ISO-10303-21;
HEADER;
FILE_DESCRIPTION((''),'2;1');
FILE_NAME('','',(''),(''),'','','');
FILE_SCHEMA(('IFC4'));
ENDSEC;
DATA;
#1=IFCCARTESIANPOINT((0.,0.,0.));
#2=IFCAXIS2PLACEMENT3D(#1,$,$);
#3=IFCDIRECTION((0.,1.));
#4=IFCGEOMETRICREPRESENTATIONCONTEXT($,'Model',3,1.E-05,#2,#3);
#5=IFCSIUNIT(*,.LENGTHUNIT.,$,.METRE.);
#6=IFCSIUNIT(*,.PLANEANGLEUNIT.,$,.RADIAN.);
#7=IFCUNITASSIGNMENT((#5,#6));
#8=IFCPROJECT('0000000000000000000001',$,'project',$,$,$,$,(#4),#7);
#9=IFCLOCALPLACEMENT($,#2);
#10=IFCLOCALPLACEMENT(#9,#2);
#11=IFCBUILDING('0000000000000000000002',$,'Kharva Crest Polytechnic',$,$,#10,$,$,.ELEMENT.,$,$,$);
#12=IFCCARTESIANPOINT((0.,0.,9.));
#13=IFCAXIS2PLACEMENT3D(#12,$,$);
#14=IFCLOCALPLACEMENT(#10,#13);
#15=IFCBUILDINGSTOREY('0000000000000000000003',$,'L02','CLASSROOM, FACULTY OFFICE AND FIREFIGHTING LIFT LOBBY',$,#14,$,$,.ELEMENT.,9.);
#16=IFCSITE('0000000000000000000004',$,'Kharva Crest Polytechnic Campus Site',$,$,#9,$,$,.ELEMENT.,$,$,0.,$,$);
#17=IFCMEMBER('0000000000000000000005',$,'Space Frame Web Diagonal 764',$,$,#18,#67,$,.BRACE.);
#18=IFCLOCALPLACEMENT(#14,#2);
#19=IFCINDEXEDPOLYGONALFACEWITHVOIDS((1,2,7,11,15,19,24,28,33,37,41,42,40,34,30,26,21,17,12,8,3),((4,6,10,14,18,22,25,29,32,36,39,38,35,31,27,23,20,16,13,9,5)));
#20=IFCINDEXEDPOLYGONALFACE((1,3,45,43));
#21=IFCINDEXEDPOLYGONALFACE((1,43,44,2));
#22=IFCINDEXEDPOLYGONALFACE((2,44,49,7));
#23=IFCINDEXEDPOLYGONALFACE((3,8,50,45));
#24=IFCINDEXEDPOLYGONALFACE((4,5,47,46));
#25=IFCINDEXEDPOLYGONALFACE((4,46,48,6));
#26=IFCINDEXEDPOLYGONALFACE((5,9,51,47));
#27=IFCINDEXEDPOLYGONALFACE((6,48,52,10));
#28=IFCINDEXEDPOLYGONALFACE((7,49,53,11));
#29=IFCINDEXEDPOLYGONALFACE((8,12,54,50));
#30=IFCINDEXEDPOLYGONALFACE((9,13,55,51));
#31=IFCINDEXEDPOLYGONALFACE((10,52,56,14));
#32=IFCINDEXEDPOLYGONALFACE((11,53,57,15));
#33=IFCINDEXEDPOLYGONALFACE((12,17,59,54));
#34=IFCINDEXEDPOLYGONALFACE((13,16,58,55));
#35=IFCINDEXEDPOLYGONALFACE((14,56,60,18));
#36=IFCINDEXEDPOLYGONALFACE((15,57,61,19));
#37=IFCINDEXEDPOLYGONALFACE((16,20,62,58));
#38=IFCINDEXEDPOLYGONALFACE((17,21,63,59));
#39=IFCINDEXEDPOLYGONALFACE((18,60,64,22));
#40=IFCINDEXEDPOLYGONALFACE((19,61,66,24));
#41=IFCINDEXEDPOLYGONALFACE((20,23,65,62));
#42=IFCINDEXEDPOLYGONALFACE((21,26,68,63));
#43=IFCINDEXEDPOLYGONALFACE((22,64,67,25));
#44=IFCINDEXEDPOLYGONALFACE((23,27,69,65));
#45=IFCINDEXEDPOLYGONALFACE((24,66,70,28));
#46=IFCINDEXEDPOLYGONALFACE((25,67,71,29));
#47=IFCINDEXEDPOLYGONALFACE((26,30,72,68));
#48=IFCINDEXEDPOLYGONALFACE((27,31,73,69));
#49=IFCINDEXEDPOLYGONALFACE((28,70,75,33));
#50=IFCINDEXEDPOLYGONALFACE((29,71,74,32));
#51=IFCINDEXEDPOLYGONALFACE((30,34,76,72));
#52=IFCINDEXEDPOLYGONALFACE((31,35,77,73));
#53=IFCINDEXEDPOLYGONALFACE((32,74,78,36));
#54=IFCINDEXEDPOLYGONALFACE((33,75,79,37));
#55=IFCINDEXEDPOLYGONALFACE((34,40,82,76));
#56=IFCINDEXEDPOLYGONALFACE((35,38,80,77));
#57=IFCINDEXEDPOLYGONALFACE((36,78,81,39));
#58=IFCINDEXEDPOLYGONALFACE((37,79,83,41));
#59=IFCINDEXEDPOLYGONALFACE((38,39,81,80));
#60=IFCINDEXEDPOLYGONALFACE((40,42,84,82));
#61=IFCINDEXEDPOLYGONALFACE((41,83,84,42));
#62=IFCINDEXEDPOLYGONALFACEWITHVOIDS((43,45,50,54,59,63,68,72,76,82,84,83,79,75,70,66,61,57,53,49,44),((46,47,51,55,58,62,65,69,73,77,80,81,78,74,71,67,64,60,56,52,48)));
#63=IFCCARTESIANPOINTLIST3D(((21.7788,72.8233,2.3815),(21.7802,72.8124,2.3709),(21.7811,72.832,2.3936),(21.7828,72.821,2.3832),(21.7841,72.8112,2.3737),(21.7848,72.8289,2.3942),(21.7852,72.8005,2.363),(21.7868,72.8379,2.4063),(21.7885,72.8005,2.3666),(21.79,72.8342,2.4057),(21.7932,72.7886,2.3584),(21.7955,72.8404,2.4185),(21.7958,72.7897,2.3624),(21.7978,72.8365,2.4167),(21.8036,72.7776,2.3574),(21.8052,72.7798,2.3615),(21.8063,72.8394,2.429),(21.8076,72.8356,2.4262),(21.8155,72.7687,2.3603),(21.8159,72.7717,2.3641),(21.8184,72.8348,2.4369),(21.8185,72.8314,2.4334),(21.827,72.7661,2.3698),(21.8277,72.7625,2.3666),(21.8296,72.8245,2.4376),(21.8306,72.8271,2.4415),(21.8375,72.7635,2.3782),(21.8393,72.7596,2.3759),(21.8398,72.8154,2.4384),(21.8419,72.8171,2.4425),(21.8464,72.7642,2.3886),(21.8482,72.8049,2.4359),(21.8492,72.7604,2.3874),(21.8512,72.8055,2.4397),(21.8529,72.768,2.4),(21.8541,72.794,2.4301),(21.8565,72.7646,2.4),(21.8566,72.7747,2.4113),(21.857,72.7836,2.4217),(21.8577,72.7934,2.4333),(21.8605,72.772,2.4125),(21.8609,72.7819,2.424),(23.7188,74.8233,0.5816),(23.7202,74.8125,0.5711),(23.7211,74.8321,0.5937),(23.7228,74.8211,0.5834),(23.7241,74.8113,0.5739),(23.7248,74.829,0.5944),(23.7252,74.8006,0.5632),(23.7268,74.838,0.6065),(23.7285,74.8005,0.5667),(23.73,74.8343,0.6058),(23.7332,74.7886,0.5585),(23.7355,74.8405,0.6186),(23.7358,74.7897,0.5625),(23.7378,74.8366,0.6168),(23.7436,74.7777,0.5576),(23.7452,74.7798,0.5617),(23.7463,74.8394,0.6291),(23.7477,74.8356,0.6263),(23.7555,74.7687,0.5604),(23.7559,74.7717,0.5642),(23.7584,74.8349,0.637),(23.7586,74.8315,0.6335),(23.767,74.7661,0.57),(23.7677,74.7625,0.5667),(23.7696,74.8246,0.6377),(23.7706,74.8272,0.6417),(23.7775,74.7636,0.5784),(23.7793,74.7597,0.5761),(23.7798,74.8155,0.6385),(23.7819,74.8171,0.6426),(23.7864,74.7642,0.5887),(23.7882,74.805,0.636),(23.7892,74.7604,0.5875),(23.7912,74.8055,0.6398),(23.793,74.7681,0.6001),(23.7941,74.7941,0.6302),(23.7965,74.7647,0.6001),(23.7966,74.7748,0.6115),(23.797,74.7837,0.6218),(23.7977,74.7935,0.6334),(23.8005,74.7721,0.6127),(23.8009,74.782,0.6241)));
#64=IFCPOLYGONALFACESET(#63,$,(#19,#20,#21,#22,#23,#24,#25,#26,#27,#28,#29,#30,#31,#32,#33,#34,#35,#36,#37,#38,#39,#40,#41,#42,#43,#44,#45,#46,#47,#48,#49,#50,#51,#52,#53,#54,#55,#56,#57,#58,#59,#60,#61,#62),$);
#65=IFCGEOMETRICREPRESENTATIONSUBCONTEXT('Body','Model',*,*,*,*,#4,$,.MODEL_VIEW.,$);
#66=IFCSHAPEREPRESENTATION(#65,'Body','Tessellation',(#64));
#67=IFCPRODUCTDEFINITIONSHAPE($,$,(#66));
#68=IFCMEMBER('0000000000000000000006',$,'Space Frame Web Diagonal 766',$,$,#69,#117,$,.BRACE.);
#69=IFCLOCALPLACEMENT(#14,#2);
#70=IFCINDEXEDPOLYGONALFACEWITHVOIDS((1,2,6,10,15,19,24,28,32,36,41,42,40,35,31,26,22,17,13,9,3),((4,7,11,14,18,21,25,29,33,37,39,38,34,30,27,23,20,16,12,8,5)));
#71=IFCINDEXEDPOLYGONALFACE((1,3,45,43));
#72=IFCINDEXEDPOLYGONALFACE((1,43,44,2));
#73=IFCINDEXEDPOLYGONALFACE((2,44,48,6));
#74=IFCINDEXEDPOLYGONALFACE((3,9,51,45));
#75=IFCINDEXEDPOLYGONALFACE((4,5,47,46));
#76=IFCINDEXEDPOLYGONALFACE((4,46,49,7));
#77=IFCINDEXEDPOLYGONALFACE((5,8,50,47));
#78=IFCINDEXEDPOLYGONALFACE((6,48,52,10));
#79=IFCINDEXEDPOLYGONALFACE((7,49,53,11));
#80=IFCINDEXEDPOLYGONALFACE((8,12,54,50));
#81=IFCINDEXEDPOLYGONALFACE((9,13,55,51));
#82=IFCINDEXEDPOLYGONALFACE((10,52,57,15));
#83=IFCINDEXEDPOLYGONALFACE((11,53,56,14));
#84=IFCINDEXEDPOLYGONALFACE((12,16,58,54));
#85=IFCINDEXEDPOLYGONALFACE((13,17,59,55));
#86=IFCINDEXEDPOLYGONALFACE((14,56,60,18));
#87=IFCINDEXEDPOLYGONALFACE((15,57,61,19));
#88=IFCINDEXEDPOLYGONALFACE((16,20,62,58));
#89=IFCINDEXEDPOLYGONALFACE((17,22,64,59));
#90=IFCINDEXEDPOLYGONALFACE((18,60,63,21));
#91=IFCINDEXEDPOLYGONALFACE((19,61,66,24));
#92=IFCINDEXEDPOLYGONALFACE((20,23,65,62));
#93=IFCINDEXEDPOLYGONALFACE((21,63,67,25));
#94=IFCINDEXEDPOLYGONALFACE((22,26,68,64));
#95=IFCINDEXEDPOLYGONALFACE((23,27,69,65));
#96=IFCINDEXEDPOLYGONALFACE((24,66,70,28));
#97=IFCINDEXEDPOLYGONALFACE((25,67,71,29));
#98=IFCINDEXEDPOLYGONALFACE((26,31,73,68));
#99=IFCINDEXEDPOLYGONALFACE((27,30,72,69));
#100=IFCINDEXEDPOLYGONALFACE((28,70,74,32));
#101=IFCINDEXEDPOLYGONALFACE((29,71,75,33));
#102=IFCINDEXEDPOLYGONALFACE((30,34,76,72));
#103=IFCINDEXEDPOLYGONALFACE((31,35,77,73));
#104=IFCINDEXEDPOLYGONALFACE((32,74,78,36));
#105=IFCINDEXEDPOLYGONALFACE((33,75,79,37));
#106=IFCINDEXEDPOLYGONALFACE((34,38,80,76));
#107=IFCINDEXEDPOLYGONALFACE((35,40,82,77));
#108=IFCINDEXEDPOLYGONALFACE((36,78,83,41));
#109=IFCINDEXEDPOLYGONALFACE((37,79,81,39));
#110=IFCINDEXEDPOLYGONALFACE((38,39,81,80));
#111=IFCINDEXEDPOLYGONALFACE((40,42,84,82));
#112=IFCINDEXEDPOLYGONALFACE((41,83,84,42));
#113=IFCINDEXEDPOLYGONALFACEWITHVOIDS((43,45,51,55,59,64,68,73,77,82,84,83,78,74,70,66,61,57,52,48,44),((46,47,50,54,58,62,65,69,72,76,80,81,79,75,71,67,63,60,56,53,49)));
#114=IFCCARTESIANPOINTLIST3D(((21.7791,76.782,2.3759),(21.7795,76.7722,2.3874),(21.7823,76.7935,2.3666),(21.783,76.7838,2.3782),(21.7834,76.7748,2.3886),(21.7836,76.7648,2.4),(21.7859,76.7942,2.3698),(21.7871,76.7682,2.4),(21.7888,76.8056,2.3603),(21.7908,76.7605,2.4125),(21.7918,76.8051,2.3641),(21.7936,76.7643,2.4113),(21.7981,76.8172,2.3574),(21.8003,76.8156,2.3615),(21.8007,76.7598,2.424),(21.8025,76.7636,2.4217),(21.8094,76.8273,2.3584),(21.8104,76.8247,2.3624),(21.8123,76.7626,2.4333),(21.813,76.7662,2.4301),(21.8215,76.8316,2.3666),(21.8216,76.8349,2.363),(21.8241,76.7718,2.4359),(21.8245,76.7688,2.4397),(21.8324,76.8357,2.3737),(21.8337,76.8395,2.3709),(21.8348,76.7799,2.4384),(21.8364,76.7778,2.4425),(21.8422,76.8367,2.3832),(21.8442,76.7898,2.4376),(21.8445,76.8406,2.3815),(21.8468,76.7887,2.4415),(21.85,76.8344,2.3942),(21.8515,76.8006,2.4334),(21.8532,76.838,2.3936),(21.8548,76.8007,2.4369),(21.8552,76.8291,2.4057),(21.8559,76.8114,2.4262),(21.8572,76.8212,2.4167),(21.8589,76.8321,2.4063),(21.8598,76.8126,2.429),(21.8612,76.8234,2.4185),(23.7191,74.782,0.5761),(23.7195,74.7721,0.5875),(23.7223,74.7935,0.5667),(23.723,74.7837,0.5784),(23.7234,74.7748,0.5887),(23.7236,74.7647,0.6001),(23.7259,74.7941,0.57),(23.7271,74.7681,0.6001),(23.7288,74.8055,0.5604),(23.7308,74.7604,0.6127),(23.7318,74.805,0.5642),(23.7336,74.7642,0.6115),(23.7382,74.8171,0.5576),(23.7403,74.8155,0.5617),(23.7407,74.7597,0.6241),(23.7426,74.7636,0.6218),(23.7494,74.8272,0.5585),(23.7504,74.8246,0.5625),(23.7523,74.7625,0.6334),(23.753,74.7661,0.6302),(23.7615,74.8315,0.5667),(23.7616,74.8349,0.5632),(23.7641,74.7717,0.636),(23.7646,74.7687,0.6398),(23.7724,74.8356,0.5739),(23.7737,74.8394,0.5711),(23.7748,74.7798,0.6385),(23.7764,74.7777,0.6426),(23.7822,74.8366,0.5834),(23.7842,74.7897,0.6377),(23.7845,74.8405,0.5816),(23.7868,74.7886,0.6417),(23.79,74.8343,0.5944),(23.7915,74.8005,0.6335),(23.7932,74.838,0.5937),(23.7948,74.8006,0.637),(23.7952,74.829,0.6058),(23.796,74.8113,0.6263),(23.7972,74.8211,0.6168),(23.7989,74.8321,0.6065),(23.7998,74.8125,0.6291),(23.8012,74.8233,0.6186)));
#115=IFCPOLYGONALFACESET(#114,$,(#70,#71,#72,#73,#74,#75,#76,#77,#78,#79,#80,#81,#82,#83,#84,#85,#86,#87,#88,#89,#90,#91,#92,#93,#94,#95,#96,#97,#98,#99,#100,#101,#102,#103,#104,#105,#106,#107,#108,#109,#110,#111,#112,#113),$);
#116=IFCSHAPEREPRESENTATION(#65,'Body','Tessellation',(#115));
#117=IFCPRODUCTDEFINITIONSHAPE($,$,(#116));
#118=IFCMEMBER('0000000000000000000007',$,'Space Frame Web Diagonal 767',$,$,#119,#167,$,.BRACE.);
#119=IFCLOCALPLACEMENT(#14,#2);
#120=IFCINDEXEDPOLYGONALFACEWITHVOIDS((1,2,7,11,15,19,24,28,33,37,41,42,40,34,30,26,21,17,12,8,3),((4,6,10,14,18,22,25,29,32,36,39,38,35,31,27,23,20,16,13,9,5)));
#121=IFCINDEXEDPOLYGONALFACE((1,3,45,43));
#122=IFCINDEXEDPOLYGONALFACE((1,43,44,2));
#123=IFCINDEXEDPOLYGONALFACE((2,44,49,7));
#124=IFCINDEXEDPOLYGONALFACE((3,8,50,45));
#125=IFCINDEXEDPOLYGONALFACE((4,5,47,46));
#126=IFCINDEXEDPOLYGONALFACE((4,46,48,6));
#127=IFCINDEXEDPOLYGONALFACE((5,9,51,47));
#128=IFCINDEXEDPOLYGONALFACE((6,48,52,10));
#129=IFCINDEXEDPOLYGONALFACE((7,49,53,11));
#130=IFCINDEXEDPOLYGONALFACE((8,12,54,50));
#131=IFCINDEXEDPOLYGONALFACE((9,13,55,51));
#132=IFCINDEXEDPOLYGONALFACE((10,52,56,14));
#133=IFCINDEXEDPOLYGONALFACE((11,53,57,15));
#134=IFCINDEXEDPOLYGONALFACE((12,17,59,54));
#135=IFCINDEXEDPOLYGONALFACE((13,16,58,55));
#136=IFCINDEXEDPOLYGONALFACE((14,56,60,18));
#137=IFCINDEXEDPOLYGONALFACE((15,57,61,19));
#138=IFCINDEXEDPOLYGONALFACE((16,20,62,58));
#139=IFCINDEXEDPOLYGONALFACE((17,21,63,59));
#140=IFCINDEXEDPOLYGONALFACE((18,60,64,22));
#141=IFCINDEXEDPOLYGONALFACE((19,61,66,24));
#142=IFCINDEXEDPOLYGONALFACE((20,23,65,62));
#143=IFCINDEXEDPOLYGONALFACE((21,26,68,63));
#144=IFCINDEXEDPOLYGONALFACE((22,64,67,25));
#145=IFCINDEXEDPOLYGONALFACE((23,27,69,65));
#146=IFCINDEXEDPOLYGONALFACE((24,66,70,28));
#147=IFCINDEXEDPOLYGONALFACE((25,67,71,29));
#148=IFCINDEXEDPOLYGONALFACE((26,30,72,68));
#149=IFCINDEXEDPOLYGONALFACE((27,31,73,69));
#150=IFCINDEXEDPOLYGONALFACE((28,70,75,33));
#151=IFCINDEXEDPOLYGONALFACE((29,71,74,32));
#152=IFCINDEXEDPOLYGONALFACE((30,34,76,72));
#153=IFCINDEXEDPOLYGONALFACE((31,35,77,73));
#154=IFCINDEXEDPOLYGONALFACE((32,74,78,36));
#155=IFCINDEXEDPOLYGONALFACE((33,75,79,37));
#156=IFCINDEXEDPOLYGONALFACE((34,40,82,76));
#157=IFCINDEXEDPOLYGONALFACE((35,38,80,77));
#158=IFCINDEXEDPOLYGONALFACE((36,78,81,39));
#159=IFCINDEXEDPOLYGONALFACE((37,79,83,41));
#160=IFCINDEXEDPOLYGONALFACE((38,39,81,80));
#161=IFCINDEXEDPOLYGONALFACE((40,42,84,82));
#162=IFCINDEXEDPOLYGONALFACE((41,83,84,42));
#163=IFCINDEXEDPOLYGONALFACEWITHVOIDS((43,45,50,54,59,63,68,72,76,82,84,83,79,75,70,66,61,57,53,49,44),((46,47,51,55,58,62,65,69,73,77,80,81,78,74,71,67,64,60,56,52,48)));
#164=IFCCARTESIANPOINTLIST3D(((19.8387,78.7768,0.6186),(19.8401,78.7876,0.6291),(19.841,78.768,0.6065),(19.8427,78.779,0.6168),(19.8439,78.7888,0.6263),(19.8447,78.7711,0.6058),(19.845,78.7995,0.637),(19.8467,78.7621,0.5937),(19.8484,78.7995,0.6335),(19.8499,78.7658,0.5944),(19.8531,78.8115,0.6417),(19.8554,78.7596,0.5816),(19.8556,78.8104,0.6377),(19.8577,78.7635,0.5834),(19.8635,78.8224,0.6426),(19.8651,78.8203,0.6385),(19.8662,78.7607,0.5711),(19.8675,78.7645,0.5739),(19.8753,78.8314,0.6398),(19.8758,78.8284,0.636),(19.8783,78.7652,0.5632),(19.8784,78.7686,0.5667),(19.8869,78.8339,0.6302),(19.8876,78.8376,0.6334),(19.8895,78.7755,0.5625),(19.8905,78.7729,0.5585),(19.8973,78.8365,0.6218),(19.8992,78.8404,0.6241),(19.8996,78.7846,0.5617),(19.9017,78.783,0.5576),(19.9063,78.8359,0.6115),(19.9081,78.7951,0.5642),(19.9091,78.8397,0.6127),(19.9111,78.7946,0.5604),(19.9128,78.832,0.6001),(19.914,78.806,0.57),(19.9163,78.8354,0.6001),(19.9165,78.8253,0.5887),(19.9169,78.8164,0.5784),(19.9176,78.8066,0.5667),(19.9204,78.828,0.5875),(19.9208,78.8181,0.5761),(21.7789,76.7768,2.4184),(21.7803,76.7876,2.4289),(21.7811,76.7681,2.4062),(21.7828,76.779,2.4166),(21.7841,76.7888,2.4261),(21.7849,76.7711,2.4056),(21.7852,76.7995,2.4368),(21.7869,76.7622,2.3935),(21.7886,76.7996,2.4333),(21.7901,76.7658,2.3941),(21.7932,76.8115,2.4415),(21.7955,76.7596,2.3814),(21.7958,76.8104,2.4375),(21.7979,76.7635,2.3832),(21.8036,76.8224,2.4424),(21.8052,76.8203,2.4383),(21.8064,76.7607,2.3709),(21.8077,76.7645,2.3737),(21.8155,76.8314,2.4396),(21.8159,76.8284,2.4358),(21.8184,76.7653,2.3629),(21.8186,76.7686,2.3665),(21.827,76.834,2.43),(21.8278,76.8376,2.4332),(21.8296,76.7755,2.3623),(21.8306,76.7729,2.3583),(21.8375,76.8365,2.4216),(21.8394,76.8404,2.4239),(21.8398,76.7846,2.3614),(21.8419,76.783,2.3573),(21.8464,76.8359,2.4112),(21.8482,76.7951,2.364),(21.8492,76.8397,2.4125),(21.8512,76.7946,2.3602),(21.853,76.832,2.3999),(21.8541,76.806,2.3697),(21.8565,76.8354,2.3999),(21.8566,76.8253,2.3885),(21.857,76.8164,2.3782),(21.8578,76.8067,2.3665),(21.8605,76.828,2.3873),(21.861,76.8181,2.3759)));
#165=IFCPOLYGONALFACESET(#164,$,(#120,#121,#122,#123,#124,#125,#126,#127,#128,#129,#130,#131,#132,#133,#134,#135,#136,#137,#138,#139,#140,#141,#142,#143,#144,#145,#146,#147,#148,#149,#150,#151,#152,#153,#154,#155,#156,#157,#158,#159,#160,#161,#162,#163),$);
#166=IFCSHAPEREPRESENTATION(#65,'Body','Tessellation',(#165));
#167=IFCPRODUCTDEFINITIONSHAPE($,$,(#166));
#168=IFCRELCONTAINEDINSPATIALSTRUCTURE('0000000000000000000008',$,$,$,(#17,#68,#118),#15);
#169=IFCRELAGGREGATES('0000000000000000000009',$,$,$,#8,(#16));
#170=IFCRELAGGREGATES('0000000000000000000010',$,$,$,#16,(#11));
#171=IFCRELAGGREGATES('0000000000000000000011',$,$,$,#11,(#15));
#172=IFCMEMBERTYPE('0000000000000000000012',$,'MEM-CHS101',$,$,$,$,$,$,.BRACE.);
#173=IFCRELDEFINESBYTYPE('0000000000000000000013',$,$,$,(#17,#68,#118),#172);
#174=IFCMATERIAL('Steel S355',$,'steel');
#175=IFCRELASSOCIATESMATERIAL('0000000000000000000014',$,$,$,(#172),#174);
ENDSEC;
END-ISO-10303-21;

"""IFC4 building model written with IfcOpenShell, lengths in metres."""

from ifc_helpers import new_model, si_unit, direction, frame, origin, origin_2d, place, context, subcontext, project, spatial, hollow_circle, extrude, material, material_profile, profile_set, type_object, element, save


model = new_model("IFC4")

# Units and contexts
model_context = context("Model", 3, precision=1e-05, world=origin(), true_north=direction((0.0, 1.0)))
body_context = subcontext(model_context, "Body", "Model", "MODEL_VIEW")
ifc_project = project(units=[si_unit("LENGTHUNIT", "METRE"), si_unit("PLANEANGLEUNIT", "RADIAN")], contexts=[model_context])

# Site, building, storey
site_placement = place(None, origin())
site = spatial("IfcSite", under=ifc_project, at=site_placement, Name="Kharva Crest Polytechnic Campus Site", CompositionType="ELEMENT", RefElevation=0.0)
building_placement = place(site_placement, origin())
building = spatial("IfcBuilding", under=site, at=building_placement, Name="Kharva Crest Polytechnic", CompositionType="ELEMENT")
storey_placement = place(building_placement, frame((0.0, 0.0, 9.0)))
storey = spatial("IfcBuildingStorey", under=building, at=storey_placement, Name="L02", Description="CLASSROOM, FACULTY OFFICE AND FIREFIGHTING LIFT LOBBY", CompositionType="ELEMENT", Elevation=9.0)

# Shared definitions
ifc_material_1 = material(Name="Steel S355", Category="steel")

# Members
ifc_material_profile_1 = material_profile(ifc_material_1, hollow_circle(Radius=0.0508, WallThickness=0.0049, at=origin_2d()), Name="CHS 101.6X5.0")
ifc_profile_set_1 = profile_set([ifc_material_profile_1], Name="Steel S355")
member_type_1 = type_object("IfcMemberType", Name="MEM-CHS101", PredefinedType="BRACE", material=ifc_profile_set_1)
for number, where, z_axis, x_axis, name in (
    (1, (23.76, 74.8, 0.6001), (-0.584843, -0.60295, 0.542596), (0.717802, -0.696247, 0.0), "Space Frame Web Diagonal 764"),
    (2, (23.76, 74.8, 0.6001), (-0.584843, 0.60295, 0.542596), (-0.717802, -0.696247, 0.0), "Space Frame Web Diagonal 766"),
    (3, (19.8799, 78.8, 0.6001), (0.584892, -0.602924, 0.542572), (0.717758, 0.696292, 0.0), "Space Frame Web Diagonal 767"),
):
    element("IfcMember", number, at=place(storey_placement, frame(where, z_axis=z_axis, x_axis=x_axis)), inside=storey, type_object=member_type_1, Name=name, PredefinedType="BRACE", context=body_context, shape_type="SweptSolid", body=[
        extrude(hollow_circle(Radius=0.0508, WallThickness=0.0049, at=origin_2d()), origin(), (0.0, 0.0, 1.0), 3.3171),
    ])

save(model, "model.ifc")
